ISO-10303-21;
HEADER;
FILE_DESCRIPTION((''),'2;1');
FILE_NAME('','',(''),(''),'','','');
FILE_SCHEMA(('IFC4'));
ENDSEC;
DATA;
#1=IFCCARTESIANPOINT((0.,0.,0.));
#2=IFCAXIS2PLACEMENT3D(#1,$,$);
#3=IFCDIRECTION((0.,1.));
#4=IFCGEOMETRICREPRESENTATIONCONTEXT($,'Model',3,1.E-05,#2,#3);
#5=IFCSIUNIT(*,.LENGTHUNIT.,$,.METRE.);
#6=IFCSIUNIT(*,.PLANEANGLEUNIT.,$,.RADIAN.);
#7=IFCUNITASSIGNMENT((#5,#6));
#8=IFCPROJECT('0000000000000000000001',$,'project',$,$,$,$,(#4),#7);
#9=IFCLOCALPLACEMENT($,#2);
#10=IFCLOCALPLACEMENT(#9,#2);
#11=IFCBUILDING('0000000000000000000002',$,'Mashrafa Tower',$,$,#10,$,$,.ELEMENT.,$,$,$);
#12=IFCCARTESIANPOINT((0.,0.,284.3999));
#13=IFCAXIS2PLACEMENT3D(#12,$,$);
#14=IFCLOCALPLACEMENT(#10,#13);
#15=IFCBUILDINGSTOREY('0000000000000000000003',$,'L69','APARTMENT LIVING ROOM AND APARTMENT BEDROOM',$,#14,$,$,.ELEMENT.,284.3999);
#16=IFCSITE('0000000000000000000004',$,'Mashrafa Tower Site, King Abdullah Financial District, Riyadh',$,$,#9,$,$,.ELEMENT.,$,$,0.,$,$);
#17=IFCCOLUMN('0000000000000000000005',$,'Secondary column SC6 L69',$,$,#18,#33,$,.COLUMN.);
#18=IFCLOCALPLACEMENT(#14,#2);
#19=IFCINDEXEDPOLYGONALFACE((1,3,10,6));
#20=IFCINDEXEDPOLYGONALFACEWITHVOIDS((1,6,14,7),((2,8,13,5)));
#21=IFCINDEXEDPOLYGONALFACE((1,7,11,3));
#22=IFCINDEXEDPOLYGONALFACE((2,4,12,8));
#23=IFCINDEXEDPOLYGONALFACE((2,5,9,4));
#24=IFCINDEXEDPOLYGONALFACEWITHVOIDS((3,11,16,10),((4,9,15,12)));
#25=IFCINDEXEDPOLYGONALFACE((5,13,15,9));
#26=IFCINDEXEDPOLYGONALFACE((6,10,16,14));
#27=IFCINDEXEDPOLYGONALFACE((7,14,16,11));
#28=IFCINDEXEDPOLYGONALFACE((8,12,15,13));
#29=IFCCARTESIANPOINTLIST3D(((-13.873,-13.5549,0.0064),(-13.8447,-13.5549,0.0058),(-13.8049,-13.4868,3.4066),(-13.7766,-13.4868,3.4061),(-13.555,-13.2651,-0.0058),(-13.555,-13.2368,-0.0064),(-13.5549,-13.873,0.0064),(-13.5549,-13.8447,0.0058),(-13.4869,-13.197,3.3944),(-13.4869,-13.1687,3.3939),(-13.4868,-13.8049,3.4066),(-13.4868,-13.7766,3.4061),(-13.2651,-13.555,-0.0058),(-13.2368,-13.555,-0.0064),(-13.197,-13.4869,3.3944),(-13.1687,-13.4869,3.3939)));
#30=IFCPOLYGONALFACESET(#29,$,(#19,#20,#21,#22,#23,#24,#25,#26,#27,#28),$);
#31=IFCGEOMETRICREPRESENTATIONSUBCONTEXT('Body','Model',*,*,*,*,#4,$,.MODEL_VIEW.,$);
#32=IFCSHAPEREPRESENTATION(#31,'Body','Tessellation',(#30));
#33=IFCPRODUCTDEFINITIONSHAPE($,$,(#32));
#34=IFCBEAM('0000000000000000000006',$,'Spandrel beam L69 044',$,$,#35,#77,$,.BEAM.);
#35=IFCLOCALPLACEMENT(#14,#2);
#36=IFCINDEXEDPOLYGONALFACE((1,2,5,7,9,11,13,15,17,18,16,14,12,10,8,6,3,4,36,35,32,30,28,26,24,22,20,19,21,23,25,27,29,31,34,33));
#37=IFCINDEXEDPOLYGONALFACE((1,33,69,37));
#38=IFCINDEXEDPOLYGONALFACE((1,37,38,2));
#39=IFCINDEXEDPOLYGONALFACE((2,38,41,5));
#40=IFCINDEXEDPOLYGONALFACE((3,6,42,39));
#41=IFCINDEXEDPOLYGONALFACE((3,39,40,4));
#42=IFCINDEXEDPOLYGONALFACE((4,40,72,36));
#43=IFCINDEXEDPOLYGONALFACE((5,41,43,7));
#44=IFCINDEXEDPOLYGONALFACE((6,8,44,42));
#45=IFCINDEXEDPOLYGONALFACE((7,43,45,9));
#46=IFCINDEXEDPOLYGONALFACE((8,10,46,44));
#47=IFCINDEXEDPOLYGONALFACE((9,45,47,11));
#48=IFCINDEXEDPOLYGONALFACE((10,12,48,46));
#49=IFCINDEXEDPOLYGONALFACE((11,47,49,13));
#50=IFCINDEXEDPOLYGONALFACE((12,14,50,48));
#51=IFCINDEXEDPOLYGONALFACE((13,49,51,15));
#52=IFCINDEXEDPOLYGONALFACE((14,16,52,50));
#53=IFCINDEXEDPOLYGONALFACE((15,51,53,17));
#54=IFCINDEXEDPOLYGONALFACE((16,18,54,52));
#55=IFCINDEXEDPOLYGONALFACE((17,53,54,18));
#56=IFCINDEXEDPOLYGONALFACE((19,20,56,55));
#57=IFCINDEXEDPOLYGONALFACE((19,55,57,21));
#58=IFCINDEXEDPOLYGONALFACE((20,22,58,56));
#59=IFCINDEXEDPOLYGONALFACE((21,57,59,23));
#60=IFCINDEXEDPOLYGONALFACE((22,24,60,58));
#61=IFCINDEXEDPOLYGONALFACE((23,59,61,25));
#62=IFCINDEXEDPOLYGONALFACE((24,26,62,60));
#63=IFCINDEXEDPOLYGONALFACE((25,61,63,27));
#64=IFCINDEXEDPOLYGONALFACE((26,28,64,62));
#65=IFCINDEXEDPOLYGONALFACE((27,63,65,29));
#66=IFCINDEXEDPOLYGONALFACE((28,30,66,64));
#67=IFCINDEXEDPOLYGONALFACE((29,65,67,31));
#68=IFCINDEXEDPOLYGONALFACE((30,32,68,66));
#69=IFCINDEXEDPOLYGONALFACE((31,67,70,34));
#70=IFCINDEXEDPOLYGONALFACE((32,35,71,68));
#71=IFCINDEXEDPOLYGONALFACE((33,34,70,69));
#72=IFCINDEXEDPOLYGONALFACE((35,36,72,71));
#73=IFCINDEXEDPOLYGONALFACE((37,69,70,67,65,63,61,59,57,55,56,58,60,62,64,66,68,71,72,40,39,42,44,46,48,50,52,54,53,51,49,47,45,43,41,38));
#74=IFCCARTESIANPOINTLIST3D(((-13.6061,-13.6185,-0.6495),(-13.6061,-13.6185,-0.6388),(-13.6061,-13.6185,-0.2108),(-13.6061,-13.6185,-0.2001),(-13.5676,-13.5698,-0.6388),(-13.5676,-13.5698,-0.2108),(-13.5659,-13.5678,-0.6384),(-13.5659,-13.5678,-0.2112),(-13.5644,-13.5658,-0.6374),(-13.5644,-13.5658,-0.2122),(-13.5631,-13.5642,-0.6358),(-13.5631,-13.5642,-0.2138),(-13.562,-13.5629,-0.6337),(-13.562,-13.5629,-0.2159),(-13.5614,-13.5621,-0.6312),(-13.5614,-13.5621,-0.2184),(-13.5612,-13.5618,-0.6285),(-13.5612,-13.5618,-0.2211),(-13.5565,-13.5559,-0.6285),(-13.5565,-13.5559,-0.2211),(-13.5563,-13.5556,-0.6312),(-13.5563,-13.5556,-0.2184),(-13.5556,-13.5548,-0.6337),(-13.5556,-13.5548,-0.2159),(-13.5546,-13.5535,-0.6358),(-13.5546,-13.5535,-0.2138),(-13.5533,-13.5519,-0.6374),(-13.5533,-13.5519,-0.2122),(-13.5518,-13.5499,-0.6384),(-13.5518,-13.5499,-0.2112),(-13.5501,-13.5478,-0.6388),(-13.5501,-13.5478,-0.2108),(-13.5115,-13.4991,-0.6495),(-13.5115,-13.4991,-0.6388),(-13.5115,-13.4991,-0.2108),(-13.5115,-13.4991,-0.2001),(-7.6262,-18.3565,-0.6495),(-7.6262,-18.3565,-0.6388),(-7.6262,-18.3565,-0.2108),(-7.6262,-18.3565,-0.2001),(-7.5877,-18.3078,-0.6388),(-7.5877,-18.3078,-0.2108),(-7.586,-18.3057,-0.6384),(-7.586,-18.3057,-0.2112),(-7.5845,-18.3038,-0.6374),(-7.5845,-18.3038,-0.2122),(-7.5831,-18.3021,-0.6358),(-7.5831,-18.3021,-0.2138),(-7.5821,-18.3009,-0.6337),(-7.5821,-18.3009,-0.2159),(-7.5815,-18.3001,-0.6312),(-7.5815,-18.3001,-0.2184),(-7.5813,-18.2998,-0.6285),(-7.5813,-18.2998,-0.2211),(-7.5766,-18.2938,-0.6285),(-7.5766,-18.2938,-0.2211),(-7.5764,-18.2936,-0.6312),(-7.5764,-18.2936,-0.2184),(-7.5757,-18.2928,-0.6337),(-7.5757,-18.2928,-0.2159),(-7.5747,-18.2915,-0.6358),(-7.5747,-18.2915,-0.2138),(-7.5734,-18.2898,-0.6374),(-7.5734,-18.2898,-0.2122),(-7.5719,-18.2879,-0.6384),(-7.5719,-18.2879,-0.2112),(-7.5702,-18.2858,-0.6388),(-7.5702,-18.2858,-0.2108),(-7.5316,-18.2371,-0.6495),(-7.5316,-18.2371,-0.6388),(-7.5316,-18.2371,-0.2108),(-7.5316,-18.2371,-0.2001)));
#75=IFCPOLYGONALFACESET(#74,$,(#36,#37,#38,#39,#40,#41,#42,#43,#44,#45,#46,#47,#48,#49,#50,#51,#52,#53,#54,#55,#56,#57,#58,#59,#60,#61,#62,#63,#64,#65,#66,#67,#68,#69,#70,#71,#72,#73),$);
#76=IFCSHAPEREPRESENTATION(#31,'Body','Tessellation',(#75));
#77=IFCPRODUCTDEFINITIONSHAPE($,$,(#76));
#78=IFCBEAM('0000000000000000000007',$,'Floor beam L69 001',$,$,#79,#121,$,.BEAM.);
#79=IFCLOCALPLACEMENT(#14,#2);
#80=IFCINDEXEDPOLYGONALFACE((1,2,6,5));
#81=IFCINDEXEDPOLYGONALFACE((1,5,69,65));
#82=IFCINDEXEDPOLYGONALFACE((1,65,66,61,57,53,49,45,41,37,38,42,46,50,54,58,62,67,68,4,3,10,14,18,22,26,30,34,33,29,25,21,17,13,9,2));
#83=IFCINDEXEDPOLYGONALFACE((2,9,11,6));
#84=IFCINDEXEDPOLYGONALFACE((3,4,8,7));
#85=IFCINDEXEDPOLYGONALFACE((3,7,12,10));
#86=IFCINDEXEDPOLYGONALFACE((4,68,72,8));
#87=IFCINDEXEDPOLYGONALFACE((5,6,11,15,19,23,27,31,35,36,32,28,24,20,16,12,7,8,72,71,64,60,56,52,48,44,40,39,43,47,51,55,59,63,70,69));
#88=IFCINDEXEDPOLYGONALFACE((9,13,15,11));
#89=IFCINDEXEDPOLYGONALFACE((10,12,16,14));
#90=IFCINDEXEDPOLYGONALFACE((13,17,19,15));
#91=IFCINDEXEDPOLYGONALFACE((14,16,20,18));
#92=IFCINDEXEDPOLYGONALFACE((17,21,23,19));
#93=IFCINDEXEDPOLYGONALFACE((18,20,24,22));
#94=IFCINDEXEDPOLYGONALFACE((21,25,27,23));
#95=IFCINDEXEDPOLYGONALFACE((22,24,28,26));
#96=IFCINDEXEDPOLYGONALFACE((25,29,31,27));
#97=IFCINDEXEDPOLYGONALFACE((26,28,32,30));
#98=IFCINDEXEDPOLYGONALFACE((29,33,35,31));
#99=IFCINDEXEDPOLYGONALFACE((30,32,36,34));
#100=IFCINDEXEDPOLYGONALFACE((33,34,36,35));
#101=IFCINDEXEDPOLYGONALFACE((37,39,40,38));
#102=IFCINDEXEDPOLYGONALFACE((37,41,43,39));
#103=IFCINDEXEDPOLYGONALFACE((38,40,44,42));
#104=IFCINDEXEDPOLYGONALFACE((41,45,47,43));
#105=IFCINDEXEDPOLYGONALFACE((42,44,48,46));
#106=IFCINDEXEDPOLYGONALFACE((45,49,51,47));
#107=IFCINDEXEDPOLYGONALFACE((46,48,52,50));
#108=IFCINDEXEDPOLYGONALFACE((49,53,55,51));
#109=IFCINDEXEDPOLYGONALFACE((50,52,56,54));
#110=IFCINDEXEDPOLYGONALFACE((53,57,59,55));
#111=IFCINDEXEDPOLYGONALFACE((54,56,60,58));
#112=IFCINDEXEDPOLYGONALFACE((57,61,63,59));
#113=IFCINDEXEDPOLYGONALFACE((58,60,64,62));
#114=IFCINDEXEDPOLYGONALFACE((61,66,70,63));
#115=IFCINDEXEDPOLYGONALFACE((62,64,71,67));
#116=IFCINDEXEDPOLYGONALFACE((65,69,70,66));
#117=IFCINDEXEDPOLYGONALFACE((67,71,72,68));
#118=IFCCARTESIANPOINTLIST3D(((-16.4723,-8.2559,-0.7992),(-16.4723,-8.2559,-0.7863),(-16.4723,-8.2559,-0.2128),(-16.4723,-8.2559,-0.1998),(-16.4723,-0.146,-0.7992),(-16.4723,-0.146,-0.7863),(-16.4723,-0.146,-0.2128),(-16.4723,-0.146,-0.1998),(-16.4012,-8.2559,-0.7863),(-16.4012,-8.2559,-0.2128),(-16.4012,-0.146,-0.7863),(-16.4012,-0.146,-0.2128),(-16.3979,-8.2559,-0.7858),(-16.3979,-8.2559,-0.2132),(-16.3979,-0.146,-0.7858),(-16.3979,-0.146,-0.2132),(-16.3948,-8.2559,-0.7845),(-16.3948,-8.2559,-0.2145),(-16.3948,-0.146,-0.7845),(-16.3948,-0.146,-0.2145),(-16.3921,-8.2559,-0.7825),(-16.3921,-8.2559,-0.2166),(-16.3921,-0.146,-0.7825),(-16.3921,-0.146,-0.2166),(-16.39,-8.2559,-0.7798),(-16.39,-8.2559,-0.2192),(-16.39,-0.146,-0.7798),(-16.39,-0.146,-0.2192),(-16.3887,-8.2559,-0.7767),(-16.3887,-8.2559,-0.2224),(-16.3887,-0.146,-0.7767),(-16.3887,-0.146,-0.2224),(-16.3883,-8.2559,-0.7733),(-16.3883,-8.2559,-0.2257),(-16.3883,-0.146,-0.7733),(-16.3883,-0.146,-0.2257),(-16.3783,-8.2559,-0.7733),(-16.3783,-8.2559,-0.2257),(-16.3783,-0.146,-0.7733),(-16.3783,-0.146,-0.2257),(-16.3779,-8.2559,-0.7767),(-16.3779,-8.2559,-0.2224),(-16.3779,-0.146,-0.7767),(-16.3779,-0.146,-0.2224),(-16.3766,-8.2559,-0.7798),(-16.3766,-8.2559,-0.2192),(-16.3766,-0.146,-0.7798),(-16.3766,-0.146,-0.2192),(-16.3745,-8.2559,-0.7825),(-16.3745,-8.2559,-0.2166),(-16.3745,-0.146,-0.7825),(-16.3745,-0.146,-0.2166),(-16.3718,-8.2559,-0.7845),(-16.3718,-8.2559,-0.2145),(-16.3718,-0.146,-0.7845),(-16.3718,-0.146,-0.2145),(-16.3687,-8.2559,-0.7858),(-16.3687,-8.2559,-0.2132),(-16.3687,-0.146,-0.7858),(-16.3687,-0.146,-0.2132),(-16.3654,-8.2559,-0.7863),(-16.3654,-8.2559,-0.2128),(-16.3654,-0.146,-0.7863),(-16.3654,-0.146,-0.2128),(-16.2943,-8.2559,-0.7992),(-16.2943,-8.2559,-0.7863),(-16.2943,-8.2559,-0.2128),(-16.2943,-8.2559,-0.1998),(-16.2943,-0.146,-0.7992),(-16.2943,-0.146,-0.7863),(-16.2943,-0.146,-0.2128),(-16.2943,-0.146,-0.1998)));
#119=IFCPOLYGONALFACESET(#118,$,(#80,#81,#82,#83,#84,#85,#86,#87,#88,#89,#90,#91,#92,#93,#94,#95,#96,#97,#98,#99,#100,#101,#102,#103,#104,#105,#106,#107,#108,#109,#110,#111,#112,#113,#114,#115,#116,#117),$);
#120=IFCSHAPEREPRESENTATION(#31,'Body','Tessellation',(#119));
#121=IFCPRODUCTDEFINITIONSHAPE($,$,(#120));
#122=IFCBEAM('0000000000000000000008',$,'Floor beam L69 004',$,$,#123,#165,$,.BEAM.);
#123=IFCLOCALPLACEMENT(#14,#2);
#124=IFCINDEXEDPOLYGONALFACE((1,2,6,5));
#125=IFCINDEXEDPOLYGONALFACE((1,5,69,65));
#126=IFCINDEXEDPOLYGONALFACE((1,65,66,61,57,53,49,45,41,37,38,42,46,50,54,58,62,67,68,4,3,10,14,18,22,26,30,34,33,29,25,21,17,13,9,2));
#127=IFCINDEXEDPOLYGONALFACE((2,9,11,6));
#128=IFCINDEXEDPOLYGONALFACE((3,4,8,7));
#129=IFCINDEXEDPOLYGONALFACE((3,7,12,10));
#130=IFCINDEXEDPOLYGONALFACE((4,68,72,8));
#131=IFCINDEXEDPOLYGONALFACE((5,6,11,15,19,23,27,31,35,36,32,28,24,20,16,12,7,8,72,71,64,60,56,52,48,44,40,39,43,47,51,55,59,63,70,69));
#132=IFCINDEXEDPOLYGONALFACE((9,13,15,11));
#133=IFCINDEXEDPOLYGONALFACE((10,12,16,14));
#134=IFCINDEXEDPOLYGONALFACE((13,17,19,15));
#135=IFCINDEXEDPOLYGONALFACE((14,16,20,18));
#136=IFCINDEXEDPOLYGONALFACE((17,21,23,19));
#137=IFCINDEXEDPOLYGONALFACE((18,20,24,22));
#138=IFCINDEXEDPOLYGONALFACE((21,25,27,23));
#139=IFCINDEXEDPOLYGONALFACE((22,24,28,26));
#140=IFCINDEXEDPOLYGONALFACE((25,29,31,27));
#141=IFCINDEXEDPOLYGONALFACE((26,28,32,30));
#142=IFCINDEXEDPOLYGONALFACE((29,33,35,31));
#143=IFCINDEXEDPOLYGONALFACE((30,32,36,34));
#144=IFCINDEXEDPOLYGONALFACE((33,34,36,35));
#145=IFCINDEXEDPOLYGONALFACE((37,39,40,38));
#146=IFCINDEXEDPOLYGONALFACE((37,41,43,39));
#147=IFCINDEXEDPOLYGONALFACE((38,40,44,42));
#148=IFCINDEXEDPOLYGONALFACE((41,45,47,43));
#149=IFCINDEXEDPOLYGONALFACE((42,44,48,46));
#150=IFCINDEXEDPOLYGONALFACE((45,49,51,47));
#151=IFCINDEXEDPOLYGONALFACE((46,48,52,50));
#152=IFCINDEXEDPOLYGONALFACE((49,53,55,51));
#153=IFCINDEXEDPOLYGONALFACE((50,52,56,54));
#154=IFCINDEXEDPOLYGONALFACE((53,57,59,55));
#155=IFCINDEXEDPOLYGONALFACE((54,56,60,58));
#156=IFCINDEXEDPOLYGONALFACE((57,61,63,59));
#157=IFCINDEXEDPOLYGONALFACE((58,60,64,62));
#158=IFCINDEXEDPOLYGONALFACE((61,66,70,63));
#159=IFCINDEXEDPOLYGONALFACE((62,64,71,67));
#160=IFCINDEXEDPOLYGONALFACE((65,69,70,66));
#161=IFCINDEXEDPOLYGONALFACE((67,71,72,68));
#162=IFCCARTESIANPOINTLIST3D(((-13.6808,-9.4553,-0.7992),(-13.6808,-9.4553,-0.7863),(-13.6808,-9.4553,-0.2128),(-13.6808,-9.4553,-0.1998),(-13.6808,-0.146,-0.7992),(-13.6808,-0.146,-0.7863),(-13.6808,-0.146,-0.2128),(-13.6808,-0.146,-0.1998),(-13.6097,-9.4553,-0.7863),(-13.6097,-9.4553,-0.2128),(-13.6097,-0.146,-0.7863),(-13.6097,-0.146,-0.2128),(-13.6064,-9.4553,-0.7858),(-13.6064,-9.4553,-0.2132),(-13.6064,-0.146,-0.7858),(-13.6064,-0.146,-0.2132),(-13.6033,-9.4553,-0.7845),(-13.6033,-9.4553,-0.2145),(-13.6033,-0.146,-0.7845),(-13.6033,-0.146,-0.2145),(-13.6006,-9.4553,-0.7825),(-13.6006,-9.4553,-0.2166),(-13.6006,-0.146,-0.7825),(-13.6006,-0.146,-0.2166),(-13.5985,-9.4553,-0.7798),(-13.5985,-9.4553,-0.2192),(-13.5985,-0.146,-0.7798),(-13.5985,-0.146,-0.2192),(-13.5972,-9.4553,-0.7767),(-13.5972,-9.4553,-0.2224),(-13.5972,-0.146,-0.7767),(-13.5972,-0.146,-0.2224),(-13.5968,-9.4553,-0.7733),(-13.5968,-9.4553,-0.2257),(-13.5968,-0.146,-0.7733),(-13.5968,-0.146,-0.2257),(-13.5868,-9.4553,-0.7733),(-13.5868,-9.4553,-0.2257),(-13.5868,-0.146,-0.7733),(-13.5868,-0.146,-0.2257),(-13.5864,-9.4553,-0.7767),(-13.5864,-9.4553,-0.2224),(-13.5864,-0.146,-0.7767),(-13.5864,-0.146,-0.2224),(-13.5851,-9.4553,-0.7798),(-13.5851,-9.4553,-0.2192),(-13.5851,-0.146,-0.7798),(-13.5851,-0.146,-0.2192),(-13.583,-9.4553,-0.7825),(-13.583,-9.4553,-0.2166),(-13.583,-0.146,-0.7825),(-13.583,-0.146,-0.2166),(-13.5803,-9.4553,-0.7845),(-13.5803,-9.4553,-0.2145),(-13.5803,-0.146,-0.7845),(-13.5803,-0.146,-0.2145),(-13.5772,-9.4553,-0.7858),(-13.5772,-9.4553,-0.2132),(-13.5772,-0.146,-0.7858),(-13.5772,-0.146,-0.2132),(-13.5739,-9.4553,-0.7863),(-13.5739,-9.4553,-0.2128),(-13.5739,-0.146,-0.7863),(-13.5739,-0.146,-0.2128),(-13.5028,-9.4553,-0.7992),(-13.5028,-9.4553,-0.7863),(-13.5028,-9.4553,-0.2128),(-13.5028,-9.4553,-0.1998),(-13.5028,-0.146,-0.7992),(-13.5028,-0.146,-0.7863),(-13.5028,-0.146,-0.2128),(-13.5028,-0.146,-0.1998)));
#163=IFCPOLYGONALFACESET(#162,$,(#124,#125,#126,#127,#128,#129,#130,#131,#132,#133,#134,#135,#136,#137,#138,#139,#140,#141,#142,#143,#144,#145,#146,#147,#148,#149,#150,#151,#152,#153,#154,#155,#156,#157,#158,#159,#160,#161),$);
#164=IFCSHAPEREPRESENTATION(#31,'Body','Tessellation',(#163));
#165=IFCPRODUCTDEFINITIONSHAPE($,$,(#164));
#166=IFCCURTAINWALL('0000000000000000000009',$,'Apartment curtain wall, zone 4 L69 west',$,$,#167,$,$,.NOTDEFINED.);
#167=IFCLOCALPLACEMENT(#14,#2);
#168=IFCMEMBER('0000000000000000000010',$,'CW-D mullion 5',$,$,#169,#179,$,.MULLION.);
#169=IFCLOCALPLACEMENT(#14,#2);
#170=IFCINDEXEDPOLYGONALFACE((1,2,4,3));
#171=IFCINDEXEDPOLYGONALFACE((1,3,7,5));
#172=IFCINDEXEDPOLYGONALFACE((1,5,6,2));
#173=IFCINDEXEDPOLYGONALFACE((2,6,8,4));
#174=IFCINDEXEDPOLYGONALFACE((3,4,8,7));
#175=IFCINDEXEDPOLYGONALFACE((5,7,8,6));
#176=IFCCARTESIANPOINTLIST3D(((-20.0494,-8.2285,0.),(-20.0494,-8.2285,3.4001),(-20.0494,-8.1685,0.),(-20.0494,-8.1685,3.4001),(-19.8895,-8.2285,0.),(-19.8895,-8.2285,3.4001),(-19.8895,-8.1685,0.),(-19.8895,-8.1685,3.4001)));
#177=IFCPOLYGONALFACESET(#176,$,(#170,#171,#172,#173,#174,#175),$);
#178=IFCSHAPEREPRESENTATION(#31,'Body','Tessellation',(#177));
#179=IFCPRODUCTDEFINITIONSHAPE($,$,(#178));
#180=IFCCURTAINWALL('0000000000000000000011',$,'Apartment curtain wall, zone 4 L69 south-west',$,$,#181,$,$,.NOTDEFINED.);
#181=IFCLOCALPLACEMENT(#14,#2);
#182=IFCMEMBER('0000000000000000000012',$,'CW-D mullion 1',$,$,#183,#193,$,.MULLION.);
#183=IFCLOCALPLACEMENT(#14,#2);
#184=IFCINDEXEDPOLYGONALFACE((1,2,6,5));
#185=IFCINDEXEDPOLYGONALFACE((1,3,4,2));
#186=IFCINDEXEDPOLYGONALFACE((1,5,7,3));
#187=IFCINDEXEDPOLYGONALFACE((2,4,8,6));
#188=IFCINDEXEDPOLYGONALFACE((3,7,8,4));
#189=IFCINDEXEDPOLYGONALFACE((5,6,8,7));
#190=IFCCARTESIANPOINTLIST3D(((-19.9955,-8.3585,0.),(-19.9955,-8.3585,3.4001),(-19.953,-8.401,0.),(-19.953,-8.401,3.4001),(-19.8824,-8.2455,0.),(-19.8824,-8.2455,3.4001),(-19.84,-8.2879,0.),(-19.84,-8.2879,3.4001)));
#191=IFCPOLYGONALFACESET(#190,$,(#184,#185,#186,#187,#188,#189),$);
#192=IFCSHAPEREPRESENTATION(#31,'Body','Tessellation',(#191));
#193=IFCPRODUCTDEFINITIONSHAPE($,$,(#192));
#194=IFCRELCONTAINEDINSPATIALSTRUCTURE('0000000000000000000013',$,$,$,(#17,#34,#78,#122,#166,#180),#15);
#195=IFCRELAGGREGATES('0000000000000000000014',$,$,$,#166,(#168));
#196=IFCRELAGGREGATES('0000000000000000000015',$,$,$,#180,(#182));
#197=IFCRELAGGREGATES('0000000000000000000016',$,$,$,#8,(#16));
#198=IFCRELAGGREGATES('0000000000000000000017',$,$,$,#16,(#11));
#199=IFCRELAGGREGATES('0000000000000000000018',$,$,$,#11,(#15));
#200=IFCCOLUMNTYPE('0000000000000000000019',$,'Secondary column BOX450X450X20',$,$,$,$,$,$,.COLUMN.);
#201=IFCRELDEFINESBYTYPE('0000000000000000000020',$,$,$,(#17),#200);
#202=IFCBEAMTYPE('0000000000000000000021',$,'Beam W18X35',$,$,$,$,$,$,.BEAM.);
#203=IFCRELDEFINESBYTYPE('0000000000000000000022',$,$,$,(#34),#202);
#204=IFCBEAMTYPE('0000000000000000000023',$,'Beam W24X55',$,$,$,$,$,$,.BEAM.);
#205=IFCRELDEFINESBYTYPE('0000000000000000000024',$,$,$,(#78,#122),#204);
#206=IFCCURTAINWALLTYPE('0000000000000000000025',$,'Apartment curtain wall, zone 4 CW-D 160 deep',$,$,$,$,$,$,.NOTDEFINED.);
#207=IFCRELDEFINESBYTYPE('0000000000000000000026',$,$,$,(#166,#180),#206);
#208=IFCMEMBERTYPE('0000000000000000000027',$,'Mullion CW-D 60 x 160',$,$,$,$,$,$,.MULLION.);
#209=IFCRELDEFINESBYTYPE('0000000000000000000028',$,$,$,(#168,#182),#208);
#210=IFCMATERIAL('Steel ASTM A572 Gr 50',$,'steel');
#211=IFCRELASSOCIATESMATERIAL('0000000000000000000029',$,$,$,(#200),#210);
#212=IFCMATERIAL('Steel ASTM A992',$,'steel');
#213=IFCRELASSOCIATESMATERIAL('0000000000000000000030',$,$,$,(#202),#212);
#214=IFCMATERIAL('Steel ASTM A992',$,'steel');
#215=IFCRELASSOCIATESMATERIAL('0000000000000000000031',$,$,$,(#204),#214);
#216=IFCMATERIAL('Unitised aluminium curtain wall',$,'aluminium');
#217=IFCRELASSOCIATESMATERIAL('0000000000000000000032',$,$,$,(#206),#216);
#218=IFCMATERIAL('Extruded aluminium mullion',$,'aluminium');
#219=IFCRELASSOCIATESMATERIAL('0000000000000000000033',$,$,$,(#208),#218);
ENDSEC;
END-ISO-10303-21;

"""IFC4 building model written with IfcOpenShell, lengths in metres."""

from ifc_helpers import new_model, si_unit, direction, frame, origin, origin_2d, place, context, subcontext, project, spatial, rectangle, hollow_rectangle, i_section, extrude, source, transform, mapped, material, material_profile, profile_set, type_object, type_shapes, element, aggregate, save


model = new_model("IFC4")

# Units and contexts
model_context = context("Model", 3, precision=1e-05, world=origin(), true_north=direction((0.0, 1.0)))
body_context = subcontext(model_context, "Body", "Model", "MODEL_VIEW")
ifc_project = project(units=[si_unit("LENGTHUNIT", "METRE"), si_unit("PLANEANGLEUNIT", "RADIAN")], contexts=[model_context])

# Site, building, storey
site_placement = place(None, origin())
site = spatial("IfcSite", under=ifc_project, at=site_placement, Name="Mashrafa Tower Site, King Abdullah Financial District, Riyadh", CompositionType="ELEMENT", RefElevation=0.0)
building_placement = place(site_placement, origin())
building = spatial("IfcBuilding", under=site, at=building_placement, Name="Mashrafa Tower", CompositionType="ELEMENT")
storey_placement = place(building_placement, frame((0.0, 0.0, 284.3999)))
storey = spatial("IfcBuildingStorey", under=building, at=storey_placement, Name="L69", Description="APARTMENT LIVING ROOM AND APARTMENT BEDROOM", CompositionType="ELEMENT", Elevation=284.3999)

# Column
ifc_material_1 = material(Name="Steel ASTM A572 Gr 50", Category="steel")
ifc_material_profile_1 = material_profile(ifc_material_1, hollow_rectangle(XDim=0.45, YDim=0.45, WallThickness=0.02, at=origin_2d()), Name="BOX450X450X20")
ifc_profile_set_1 = profile_set([ifc_material_profile_1], Name="Steel ASTM A572 Gr 50")
column_type = type_object("IfcColumnType", Name="Secondary column BOX450X450X20", PredefinedType="COLUMN", material=ifc_profile_set_1)
column_placement = place(storey_placement, frame((-13.5549, -13.5549, 0.0), z_axis=(0.020025, 0.020025, 0.999599), x_axis=(-0.707107, 0.707107, 0.0)))
element("IfcColumn", 1, at=column_placement, inside=storey, type_object=column_type, Name="Secondary column SC6 L69", PredefinedType="COLUMN", context=body_context, shape_type="SweptSolid", body=[
    extrude(hollow_rectangle(XDim=0.45, YDim=0.45, WallThickness=0.02, at=origin_2d()), origin(), (0.0, 0.0, 1.0), 3.4016),
])

# Beams
ifc_material_2 = material(Name="Steel ASTM A992", Category="steel")
ifc_material_profile_2 = material_profile(ifc_material_2, i_section(OverallWidth=0.1523, OverallDepth=0.4495, WebThickness=0.0076, FlangeThickness=0.0107, FilletRadius=0.0103, at=origin_2d()), Name="W18X35")
ifc_profile_set_2 = profile_set([ifc_material_profile_2], Name="Steel ASTM A992")
beam_type_1 = type_object("IfcBeamType", Name="Beam W18X35", PredefinedType="BEAM", material=ifc_profile_set_2)
beam_1_placement = place(storey_placement, frame((-13.5588, -13.5588, -0.4248), z_axis=(0.783798, -0.621016, 0.0), x_axis=(0.621016, 0.783798, 0.0)))
element("IfcBeam", 2, at=beam_1_placement, inside=storey, type_object=beam_type_1, Name="Spandrel beam L69 044", PredefinedType="BEAM", context=body_context, shape_type="SweptSolid", body=[
    extrude(i_section(OverallWidth=0.1523, OverallDepth=0.4495, WebThickness=0.0076, FlangeThickness=0.0107, FilletRadius=0.0103, at=origin_2d()), origin(), (0.0, 0.0, 1.0), 7.6294),
])
ifc_material_3 = material(Name="Steel ASTM A992", Category="steel")
ifc_material_profile_3 = material_profile(ifc_material_3, i_section(OverallWidth=0.178, OverallDepth=0.5994, WebThickness=0.01, FlangeThickness=0.0129, FilletRadius=0.0129, at=origin_2d()), Name="W24X55")
ifc_profile_set_3 = profile_set([ifc_material_profile_3], Name="Steel ASTM A992")
beam_type_2 = type_object("IfcBeamType", Name="Beam W24X55", PredefinedType="BEAM", material=ifc_profile_set_3)
beam_2_placement = place(storey_placement, frame((-16.3833, -8.2559, -0.4995), z_axis=(0.0, 1.0, 0.0), x_axis=(-1.0, 0.0, 0.0)))
element("IfcBeam", 3, at=beam_2_placement, inside=storey, type_object=beam_type_2, Name="Floor beam L69 001", PredefinedType="BEAM", context=body_context, shape_type="SweptSolid", body=[
    extrude(i_section(OverallWidth=0.178, OverallDepth=0.5994, WebThickness=0.01, FlangeThickness=0.0129, FilletRadius=0.0129, at=origin_2d()), origin(), (0.0, 0.0, 1.0), 8.1099),
])
beam_3_placement = place(storey_placement, frame((-13.5918, -9.4553, -0.4995), z_axis=(0.0, 1.0, 0.0), x_axis=(-1.0, 0.0, 0.0)))
element("IfcBeam", 4, at=beam_3_placement, inside=storey, type_object=beam_type_2, Name="Floor beam L69 004", PredefinedType="BEAM", context=body_context, shape_type="SweptSolid", body=[
    extrude(i_section(OverallWidth=0.178, OverallDepth=0.5994, WebThickness=0.01, FlangeThickness=0.0129, FilletRadius=0.0129, at=origin_2d()), origin(), (0.0, 0.0, 1.0), 9.3093),
])

# Curtain wall, member
ifc_material_4 = material(Name="Unitised aluminium curtain wall", Category="aluminium")
curtain_wall_type = type_object("IfcCurtainWallType", Name="Apartment curtain wall, zone 4 CW-D 160 deep", PredefinedType="NOTDEFINED", material=ifc_material_4)
curtain_wall_1_placement = place(storey_placement, origin())
curtain_wall_1 = element("IfcCurtainWall", 5, at=curtain_wall_1_placement, inside=storey, type_object=curtain_wall_type, Name="Apartment curtain wall, zone 4 L69 west", PredefinedType="NOTDEFINED")
ifc_material_5 = material(Name="Extruded aluminium mullion", Category="aluminium")
ifc_material_profile_4 = material_profile(ifc_material_5, rectangle(XDim=0.1599, YDim=0.0601, at=origin_2d()), Name="Mullion 60x160")
ifc_profile_set_4 = profile_set([ifc_material_profile_4], Name="Extruded aluminium mullion")
member_type_1 = type_object("IfcMemberType", Name="Mullion CW-D 60 x 160", PredefinedType="MULLION", material=ifc_profile_set_4)
shared_shape_1 = source(origin(), body_context, "Body", "SweptSolid", [
    extrude(rectangle(XDim=0.1599, YDim=0.0601, at=origin_2d()), origin(), (0.0, 0.0, 1.0), 3.4001),
])
type_shapes(member_type_1, [shared_shape_1])
member_1_placement = place(storey_placement, frame((-19.9695, -8.1985, 0.0), z_axis=(0.0, 0.0, 1.0), x_axis=(1.0, 0.0, 0.0)))
member_1 = element("IfcMember", 6, at=member_1_placement, type_object=member_type_1, Name="CW-D mullion 5", PredefinedType="MULLION", context=body_context, shape_type="MappedRepresentation", body=[
    mapped(shared_shape_1, transform((0.0, 0.0, 0.0))),
])
aggregate(curtain_wall_1, [member_1])

# Curtain wall, member
curtain_wall_2_placement = place(storey_placement, origin())
curtain_wall_2 = element("IfcCurtainWall", 7, at=curtain_wall_2_placement, inside=storey, type_object=curtain_wall_type, Name="Apartment curtain wall, zone 4 L69 south-west", PredefinedType="NOTDEFINED")
member_2_placement = place(storey_placement, frame((-19.9177, -8.3232, 0.0), z_axis=(0.0, 0.0, 1.0), x_axis=(0.707107, 0.707107, 0.0)))
member_2 = element("IfcMember", 8, at=member_2_placement, type_object=member_type_1, Name="CW-D mullion 1", PredefinedType="MULLION", context=body_context, shape_type="MappedRepresentation", body=[
    mapped(shared_shape_1, transform((0.0, 0.0, 0.0))),
])
aggregate(curtain_wall_2, [member_2])

save(model, "model.ifc")
